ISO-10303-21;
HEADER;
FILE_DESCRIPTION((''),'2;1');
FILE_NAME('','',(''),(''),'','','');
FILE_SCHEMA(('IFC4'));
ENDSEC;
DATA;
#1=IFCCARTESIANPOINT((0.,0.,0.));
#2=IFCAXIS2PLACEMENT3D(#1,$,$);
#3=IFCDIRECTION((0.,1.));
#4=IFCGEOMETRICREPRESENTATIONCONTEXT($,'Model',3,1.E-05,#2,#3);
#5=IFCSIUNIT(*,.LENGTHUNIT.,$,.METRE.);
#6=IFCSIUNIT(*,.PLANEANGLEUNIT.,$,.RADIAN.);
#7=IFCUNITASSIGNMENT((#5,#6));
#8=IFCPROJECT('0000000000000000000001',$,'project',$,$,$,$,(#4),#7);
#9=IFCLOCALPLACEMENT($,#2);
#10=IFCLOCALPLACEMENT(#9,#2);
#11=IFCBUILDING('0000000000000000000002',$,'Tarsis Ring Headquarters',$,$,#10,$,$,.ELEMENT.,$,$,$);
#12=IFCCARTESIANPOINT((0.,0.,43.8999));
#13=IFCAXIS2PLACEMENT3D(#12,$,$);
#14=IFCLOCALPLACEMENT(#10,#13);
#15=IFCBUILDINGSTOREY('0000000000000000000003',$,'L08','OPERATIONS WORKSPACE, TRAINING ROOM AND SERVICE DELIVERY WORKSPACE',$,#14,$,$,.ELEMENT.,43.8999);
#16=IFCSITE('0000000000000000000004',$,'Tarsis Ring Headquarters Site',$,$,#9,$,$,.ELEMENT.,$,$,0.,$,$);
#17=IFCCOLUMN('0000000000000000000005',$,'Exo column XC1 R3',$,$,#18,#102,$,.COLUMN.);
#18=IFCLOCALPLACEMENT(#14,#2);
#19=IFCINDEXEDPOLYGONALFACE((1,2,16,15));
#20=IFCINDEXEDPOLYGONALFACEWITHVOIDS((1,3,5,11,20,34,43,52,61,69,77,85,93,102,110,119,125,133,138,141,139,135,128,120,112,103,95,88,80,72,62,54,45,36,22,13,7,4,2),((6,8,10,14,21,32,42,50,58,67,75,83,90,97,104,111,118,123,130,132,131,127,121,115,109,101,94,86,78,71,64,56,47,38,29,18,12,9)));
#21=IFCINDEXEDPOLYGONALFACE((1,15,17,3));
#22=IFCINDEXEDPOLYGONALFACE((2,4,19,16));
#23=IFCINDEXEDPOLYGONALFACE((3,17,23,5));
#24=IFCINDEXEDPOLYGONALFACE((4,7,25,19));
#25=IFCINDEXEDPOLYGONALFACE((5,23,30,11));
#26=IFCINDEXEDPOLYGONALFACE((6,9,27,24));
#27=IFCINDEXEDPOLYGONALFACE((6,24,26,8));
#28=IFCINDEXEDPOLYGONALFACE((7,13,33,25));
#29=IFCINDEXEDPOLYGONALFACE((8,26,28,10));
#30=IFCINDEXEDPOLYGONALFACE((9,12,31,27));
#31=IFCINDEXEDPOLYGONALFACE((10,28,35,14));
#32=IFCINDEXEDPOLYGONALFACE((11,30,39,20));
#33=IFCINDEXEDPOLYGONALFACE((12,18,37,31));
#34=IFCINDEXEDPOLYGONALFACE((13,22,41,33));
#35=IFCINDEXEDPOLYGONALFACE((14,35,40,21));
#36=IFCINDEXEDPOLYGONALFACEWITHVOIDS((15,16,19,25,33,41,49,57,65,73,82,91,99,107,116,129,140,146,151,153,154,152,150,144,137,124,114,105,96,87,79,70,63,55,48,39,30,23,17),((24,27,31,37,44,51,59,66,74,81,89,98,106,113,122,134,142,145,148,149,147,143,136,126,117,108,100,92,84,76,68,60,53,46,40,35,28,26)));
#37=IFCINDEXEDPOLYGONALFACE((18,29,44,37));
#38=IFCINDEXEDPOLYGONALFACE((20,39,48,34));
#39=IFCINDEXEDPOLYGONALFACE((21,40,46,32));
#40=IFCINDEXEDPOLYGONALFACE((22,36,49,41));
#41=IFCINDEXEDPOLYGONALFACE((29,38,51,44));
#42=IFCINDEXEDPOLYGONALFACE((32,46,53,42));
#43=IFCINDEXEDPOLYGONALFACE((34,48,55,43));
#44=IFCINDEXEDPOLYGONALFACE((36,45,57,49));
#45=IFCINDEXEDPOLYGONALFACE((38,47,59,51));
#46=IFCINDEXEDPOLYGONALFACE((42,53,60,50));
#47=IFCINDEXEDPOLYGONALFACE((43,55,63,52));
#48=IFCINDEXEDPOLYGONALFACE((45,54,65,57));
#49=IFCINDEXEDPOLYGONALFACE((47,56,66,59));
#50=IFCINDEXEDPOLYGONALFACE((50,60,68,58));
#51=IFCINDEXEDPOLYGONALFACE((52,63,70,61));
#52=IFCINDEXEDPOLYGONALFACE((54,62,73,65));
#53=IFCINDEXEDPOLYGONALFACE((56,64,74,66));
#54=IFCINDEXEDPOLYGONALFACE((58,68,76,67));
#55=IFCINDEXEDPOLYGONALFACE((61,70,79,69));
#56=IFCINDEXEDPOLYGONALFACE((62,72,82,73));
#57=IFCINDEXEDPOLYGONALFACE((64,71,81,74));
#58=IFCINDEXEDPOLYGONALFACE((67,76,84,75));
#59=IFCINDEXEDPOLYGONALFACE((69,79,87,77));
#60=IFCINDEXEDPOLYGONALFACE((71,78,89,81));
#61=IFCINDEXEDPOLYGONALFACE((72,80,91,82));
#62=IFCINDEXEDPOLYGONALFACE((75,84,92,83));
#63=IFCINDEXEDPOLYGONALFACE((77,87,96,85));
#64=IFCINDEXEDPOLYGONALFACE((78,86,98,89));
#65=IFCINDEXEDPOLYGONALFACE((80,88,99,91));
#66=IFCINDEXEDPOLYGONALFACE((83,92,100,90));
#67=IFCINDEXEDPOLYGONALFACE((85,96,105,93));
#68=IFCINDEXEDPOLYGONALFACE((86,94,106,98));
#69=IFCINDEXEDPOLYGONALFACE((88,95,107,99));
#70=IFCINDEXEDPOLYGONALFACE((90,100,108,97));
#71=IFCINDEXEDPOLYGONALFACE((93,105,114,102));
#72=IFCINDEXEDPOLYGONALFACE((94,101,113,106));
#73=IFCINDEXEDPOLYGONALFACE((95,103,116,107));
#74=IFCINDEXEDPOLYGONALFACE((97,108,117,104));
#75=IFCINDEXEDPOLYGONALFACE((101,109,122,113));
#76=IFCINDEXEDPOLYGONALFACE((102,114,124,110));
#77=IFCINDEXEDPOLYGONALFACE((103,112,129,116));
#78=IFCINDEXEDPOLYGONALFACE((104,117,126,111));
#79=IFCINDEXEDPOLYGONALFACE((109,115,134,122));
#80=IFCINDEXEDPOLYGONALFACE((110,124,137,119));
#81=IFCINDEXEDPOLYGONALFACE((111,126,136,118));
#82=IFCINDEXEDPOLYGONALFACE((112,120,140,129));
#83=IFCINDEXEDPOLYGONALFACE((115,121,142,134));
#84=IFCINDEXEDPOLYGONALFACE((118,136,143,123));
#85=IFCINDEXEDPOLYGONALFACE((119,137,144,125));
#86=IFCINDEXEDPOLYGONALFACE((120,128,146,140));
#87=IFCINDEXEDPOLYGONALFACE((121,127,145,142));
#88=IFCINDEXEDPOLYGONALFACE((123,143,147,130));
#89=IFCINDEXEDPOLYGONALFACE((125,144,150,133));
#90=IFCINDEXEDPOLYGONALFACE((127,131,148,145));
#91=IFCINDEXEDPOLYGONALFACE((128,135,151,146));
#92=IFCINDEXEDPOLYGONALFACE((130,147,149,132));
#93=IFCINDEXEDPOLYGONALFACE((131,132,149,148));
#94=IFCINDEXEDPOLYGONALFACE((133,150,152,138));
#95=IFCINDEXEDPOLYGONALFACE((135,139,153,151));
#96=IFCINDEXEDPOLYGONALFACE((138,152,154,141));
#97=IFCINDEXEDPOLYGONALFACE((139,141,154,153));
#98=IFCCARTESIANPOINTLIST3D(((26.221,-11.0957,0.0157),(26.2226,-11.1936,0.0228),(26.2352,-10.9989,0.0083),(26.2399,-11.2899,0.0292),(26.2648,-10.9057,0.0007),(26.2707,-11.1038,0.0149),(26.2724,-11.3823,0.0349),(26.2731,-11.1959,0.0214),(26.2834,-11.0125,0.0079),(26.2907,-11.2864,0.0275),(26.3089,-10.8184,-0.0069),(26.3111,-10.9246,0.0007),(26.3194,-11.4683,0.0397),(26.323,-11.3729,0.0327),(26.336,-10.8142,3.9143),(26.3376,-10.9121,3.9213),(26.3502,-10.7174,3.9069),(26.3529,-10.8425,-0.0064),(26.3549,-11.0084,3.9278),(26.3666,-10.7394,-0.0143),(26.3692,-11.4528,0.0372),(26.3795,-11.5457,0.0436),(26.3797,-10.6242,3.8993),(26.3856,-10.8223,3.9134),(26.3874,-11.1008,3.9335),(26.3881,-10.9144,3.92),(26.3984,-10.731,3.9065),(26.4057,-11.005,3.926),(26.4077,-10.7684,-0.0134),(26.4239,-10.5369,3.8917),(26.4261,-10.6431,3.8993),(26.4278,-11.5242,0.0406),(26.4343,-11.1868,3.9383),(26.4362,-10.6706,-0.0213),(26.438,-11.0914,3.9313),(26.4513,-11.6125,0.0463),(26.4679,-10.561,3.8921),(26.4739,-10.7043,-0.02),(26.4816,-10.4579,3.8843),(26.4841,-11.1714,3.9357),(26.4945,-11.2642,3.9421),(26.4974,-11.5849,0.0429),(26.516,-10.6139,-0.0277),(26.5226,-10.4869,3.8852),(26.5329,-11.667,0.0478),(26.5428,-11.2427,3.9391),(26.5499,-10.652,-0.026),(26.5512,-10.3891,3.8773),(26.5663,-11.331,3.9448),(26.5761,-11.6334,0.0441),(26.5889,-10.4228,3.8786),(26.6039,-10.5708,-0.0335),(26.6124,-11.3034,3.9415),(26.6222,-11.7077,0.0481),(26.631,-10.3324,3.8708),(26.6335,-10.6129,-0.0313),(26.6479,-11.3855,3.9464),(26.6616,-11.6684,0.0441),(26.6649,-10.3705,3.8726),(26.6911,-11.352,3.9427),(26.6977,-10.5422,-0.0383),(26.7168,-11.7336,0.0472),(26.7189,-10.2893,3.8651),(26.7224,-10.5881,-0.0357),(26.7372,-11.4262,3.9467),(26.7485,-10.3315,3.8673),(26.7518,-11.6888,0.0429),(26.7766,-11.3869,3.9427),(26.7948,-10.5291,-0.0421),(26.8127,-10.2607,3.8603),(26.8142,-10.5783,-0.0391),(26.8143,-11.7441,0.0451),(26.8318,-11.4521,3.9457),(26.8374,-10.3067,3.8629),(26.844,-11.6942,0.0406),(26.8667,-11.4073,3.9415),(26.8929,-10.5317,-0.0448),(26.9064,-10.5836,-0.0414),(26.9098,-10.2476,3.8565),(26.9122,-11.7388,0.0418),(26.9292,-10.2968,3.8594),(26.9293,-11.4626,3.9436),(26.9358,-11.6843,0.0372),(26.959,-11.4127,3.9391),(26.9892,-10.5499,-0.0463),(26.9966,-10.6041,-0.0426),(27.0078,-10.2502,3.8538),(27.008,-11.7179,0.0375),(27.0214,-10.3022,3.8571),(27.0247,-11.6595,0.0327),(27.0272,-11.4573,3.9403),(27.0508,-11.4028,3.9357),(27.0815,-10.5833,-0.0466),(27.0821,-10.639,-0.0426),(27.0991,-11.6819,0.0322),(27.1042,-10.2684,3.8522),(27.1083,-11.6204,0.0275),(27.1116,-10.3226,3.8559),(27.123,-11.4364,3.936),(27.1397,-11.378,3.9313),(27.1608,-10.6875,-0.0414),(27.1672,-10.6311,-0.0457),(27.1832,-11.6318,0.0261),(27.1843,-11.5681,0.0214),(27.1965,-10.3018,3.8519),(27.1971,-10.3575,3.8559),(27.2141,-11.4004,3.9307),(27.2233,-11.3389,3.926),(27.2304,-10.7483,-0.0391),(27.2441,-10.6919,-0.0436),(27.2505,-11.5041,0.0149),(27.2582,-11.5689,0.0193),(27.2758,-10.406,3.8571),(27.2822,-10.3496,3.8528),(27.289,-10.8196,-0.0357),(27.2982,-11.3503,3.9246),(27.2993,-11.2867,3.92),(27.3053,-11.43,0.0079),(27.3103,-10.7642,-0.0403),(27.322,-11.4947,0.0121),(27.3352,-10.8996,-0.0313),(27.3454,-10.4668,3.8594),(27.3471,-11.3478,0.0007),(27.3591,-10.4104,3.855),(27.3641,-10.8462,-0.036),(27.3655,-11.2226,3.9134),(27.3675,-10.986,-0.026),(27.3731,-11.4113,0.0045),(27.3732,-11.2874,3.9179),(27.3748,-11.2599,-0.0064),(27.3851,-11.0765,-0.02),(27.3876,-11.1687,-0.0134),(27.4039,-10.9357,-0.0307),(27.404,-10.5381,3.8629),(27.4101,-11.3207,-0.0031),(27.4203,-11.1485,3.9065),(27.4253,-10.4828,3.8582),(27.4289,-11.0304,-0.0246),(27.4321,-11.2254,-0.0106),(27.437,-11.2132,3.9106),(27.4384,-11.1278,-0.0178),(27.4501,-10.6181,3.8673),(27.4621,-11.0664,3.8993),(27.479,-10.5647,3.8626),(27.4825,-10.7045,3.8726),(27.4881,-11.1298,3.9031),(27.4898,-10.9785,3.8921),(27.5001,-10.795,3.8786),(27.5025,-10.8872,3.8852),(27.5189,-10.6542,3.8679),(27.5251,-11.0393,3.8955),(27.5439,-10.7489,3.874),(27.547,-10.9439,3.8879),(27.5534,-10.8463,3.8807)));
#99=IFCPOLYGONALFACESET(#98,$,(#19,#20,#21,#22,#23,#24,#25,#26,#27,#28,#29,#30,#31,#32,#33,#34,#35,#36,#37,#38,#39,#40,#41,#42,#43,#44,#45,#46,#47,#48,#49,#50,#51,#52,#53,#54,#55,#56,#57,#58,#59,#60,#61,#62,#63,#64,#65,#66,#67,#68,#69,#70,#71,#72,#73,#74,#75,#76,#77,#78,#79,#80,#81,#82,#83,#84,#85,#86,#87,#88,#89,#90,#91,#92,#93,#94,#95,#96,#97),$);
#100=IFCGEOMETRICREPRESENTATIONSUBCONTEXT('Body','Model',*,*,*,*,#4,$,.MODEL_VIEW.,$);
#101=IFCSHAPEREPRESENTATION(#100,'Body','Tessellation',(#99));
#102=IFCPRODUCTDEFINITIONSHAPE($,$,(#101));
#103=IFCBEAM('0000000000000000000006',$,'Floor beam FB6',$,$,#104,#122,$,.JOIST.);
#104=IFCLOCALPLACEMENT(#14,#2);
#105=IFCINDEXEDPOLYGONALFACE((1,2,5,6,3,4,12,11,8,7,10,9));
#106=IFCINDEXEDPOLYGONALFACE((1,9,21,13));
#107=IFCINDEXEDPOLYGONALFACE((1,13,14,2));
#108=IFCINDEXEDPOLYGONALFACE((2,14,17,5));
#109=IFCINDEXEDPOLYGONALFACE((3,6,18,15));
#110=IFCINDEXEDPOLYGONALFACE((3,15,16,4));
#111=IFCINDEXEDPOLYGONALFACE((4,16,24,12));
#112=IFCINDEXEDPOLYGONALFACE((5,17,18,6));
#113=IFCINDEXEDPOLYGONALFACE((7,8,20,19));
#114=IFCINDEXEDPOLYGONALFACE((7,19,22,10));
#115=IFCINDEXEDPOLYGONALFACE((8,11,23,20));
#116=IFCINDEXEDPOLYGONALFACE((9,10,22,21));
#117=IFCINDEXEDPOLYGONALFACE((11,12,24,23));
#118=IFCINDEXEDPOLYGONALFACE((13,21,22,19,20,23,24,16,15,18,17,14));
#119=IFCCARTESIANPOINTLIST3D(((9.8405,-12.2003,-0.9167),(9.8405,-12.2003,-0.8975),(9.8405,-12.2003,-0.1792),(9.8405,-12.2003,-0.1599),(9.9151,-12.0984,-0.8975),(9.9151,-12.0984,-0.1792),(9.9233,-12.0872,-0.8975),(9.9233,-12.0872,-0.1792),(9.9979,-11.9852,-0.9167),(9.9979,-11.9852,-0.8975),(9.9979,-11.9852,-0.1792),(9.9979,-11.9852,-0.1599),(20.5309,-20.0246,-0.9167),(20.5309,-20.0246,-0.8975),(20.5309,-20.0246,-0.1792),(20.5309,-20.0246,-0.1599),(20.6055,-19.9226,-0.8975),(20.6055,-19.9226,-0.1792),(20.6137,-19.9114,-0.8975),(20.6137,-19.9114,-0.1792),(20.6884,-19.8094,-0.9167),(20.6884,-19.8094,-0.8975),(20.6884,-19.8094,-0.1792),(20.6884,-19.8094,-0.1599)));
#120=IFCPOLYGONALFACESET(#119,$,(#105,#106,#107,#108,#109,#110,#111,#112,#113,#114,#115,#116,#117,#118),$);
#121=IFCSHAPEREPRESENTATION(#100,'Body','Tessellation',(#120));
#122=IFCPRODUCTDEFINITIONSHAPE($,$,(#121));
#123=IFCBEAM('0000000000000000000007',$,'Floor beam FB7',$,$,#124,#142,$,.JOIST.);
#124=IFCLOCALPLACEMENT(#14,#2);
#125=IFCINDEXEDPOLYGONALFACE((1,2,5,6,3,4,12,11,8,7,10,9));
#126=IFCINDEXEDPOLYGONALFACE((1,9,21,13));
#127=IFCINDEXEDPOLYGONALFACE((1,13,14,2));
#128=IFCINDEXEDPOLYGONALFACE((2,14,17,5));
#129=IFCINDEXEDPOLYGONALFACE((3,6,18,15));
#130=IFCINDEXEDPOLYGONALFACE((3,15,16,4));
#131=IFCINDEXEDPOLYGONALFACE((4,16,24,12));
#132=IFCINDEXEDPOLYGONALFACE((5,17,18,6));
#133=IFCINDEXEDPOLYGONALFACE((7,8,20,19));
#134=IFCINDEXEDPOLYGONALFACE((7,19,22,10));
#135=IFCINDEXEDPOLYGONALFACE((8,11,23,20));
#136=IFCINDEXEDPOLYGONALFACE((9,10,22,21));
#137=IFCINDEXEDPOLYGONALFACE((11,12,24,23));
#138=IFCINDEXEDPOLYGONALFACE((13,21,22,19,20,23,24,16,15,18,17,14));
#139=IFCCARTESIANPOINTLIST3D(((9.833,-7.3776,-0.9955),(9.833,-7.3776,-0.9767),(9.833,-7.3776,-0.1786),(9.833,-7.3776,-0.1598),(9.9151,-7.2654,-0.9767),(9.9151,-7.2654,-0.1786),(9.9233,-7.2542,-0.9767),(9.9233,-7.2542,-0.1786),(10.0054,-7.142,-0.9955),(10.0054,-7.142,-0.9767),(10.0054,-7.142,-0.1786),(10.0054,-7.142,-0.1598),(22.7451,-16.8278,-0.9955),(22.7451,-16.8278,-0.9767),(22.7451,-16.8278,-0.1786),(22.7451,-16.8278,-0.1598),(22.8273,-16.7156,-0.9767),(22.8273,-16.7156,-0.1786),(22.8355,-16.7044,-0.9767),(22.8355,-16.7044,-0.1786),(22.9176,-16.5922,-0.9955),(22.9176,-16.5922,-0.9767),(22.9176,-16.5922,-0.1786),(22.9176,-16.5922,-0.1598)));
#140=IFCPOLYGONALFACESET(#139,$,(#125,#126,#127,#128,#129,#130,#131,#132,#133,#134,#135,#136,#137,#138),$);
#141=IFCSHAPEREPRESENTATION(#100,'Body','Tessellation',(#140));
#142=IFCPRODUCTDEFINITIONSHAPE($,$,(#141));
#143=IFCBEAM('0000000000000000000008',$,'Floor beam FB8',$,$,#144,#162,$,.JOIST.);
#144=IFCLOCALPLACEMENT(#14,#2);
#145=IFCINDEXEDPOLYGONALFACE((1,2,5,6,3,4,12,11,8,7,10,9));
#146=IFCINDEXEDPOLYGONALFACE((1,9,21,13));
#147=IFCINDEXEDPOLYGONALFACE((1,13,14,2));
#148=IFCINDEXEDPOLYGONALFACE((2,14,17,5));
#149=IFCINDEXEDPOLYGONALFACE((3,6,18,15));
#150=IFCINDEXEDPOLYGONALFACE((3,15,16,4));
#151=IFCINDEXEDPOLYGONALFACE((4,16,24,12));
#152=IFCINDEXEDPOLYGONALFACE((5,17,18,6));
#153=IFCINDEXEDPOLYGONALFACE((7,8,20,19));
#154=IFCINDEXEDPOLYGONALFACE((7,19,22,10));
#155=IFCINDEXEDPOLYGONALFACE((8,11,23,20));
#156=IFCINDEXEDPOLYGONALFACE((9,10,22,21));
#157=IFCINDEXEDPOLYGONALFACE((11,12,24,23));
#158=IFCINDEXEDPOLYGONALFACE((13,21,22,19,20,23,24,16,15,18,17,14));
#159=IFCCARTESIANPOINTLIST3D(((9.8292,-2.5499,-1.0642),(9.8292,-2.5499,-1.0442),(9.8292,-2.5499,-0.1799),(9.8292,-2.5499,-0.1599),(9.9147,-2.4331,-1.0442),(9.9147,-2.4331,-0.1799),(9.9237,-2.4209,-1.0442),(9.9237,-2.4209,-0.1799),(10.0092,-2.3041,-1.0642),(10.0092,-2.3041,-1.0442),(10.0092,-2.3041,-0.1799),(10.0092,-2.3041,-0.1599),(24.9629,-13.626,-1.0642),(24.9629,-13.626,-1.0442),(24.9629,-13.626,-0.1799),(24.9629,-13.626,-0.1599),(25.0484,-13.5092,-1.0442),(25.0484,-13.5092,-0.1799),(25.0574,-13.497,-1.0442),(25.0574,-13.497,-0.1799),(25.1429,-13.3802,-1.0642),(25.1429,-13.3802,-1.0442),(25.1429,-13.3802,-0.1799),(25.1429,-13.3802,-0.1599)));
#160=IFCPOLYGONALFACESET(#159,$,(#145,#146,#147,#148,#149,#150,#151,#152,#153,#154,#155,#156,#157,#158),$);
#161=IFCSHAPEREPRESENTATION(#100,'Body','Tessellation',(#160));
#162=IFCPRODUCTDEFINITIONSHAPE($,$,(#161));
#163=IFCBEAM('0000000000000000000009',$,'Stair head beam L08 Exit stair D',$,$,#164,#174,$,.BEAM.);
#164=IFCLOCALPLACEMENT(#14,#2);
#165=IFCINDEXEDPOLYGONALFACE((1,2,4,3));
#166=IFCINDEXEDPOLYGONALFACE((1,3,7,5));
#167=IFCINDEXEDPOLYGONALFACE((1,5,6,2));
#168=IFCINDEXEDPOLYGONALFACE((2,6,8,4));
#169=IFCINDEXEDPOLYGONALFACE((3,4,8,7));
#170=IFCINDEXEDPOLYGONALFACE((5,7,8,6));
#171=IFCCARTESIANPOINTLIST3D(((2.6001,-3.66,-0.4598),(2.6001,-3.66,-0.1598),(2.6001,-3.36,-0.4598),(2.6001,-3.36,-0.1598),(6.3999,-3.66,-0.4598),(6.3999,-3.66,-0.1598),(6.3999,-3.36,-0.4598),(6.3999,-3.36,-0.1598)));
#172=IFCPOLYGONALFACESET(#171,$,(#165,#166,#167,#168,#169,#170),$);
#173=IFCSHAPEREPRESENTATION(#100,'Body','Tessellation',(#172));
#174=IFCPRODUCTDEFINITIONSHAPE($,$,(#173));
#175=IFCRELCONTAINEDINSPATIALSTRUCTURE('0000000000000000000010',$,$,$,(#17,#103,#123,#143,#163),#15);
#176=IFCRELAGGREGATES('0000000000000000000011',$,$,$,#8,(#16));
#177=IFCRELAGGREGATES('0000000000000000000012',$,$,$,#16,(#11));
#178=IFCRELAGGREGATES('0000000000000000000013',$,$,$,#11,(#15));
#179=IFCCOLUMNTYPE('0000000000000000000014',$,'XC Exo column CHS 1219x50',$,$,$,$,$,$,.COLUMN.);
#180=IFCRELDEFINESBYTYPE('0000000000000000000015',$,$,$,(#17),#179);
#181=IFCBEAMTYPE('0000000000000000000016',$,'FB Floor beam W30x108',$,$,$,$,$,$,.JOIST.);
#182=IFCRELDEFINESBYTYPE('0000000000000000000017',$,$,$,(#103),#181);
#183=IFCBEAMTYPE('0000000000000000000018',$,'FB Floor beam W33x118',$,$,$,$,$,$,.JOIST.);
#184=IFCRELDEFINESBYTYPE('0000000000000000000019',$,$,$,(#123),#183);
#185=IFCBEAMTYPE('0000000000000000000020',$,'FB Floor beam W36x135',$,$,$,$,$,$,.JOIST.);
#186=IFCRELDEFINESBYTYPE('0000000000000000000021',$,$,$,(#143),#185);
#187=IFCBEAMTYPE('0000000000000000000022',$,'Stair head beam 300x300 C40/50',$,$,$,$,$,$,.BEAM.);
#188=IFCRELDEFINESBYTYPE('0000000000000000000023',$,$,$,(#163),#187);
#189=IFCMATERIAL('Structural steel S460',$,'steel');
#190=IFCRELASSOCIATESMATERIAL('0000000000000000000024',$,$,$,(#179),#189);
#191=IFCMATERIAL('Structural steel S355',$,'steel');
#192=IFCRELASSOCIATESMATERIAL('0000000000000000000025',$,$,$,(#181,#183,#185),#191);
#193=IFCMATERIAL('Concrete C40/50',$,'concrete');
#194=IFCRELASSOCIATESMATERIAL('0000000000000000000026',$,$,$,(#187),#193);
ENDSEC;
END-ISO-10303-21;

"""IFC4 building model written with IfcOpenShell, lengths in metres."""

from ifc_helpers import new_model, si_unit, direction, frame, origin, origin_2d, place, context, subcontext, project, spatial, rectangle, hollow_circle, i_section, extrude, material, material_profile, profile_set, type_object, element, save


model = new_model("IFC4")

# Units and contexts
model_context = context("Model", 3, precision=1e-05, world=origin(), true_north=direction((0.0, 1.0)))
body_context = subcontext(model_context, "Body", "Model", "MODEL_VIEW")
ifc_project = project(units=[si_unit("LENGTHUNIT", "METRE"), si_unit("PLANEANGLEUNIT", "RADIAN")], contexts=[model_context])

# Site, building, storey
site_placement = place(None, origin())
site = spatial("IfcSite", under=ifc_project, at=site_placement, Name="Tarsis Ring Headquarters Site", CompositionType="ELEMENT", RefElevation=0.0)
building_placement = place(site_placement, origin())
building = spatial("IfcBuilding", under=site, at=building_placement, Name="Tarsis Ring Headquarters", CompositionType="ELEMENT")
storey_placement = place(building_placement, frame((0.0, 0.0, 43.8999)))
storey = spatial("IfcBuildingStorey", under=building, at=storey_placement, Name="L08", Description="OPERATIONS WORKSPACE, TRAINING ROOM AND SERVICE DELIVERY WORKSPACE", CompositionType="ELEMENT", Elevation=43.8999)

# Column
ifc_material_1 = material(Name="Structural steel S460", Category="steel")
ifc_material_profile_1 = material_profile(ifc_material_1, hollow_circle(Radius=0.6096, WallThickness=0.05, at=origin_2d()), Name="CHS 1219x50")
ifc_profile_set_1 = profile_set([ifc_material_profile_1], Name="Structural steel S460")
column_type = type_object("IfcColumnType", Name="XC Exo column CHS 1219x50", PredefinedType="COLUMN", material=ifc_profile_set_1)
column_placement = place(storey_placement, frame((26.8291, -11.1362, 0.0007), z_axis=(0.029405, 0.071984, 0.996972), x_axis=(-0.925739, 0.378164, 0.0)))
element("IfcColumn", 1, at=column_placement, inside=storey, type_object=column_type, Name="Exo column XC1 R3", PredefinedType="COLUMN", context=body_context, shape_type="SweptSolid", body=[
    extrude(hollow_circle(Radius=0.6096, WallThickness=0.05, at=origin_2d()), origin(), (0.0, 0.0, 1.0), 3.9104),
])

# Beams
ifc_material_2 = material(Name="Structural steel S355", Category="steel")
ifc_material_profile_2 = material_profile(ifc_material_2, i_section(OverallWidth=0.2666, OverallDepth=0.7568, WebThickness=0.0139, FlangeThickness=0.0193, at=origin_2d()), Name="W30x108")
ifc_profile_set_2 = profile_set([ifc_material_profile_2], Name="Structural steel S355")
beam_type_1 = type_object("IfcBeamType", Name="FB Floor beam W30x108", PredefinedType="JOIST", material=ifc_profile_set_2)
beam_1_placement = place(storey_placement, frame((9.9192, -12.0928, -0.5383), z_axis=(0.80696, -0.590606, 0.0), x_axis=(0.590606, 0.80696, 0.0)))
element("IfcBeam", 2, at=beam_1_placement, inside=storey, type_object=beam_type_1, Name="Floor beam FB6", PredefinedType="JOIST", context=body_context, shape_type="SweptSolid", body=[
    extrude(i_section(OverallWidth=0.2666, OverallDepth=0.7568, WebThickness=0.0139, FlangeThickness=0.0193, at=origin_2d()), origin(), (0.0, 0.0, 1.0), 13.2478),
])
ifc_material_profile_3 = material_profile(ifc_material_2, i_section(OverallWidth=0.292, OverallDepth=0.8357, WebThickness=0.0139, FlangeThickness=0.0188, at=origin_2d()), Name="W33x118")
ifc_profile_set_3 = profile_set([ifc_material_profile_3], Name="Structural steel S355")
beam_type_2 = type_object("IfcBeamType", Name="FB Floor beam W33x118", PredefinedType="JOIST", material=ifc_profile_set_3)
beam_2_placement = place(storey_placement, frame((9.9192, -7.2598, -0.5776), z_axis=(0.806962, -0.590604, 0.0), x_axis=(0.590604, 0.806962, 0.0)))
element("IfcBeam", 3, at=beam_2_placement, inside=storey, type_object=beam_type_2, Name="Floor beam FB7", PredefinedType="JOIST", context=body_context, shape_type="SweptSolid", body=[
    extrude(i_section(OverallWidth=0.292, OverallDepth=0.8357, WebThickness=0.0139, FlangeThickness=0.0188, at=origin_2d()), origin(), (0.0, 0.0, 1.0), 16.001),
])
ifc_material_profile_4 = material_profile(ifc_material_2, i_section(OverallWidth=0.3047, OverallDepth=0.9043, WebThickness=0.0151, FlangeThickness=0.02, at=origin_2d()), Name="W36x135")
ifc_profile_set_4 = profile_set([ifc_material_profile_4], Name="Structural steel S355")
beam_type_3 = type_object("IfcBeamType", Name="FB Floor beam W36x135", PredefinedType="JOIST", material=ifc_profile_set_4)
beam_3_placement = place(storey_placement, frame((9.9192, -2.427, -0.6121), z_axis=(0.806963, -0.590603, 0.0), x_axis=(0.590603, 0.806963, 0.0)))
element("IfcBeam", 4, at=beam_3_placement, inside=storey, type_object=beam_type_3, Name="Floor beam FB8", PredefinedType="JOIST", context=body_context, shape_type="SweptSolid", body=[
    extrude(i_section(OverallWidth=0.3047, OverallDepth=0.9043, WebThickness=0.0151, FlangeThickness=0.02, at=origin_2d()), origin(), (0.0, 0.0, 1.0), 18.7539),
])
ifc_material_3 = material(Name="Concrete C40/50", Category="concrete")
ifc_material_profile_5 = material_profile(ifc_material_3, rectangle(XDim=0.3, YDim=0.3, at=origin_2d()), Name="Stair head beam 300x300 C40/50")
ifc_profile_set_5 = profile_set([ifc_material_profile_5], Name="Concrete C40/50")
beam_type_4 = type_object("IfcBeamType", Name="Stair head beam 300x300 C40/50", PredefinedType="BEAM", material=ifc_profile_set_5)
beam_4_placement = place(storey_placement, frame((2.6001, -3.51, -0.3098), z_axis=(1.0, 0.0, 0.0), x_axis=(0.0, 1.0, 0.0)))
element("IfcBeam", 5, at=beam_4_placement, inside=storey, type_object=beam_type_4, Name="Stair head beam L08 Exit stair D", PredefinedType="BEAM", context=body_context, shape_type="SweptSolid", body=[
    extrude(rectangle(XDim=0.3, YDim=0.3, at=origin_2d()), origin(), (0.0, 0.0, 1.0), 3.7998),
])

save(model, "model.ifc")
